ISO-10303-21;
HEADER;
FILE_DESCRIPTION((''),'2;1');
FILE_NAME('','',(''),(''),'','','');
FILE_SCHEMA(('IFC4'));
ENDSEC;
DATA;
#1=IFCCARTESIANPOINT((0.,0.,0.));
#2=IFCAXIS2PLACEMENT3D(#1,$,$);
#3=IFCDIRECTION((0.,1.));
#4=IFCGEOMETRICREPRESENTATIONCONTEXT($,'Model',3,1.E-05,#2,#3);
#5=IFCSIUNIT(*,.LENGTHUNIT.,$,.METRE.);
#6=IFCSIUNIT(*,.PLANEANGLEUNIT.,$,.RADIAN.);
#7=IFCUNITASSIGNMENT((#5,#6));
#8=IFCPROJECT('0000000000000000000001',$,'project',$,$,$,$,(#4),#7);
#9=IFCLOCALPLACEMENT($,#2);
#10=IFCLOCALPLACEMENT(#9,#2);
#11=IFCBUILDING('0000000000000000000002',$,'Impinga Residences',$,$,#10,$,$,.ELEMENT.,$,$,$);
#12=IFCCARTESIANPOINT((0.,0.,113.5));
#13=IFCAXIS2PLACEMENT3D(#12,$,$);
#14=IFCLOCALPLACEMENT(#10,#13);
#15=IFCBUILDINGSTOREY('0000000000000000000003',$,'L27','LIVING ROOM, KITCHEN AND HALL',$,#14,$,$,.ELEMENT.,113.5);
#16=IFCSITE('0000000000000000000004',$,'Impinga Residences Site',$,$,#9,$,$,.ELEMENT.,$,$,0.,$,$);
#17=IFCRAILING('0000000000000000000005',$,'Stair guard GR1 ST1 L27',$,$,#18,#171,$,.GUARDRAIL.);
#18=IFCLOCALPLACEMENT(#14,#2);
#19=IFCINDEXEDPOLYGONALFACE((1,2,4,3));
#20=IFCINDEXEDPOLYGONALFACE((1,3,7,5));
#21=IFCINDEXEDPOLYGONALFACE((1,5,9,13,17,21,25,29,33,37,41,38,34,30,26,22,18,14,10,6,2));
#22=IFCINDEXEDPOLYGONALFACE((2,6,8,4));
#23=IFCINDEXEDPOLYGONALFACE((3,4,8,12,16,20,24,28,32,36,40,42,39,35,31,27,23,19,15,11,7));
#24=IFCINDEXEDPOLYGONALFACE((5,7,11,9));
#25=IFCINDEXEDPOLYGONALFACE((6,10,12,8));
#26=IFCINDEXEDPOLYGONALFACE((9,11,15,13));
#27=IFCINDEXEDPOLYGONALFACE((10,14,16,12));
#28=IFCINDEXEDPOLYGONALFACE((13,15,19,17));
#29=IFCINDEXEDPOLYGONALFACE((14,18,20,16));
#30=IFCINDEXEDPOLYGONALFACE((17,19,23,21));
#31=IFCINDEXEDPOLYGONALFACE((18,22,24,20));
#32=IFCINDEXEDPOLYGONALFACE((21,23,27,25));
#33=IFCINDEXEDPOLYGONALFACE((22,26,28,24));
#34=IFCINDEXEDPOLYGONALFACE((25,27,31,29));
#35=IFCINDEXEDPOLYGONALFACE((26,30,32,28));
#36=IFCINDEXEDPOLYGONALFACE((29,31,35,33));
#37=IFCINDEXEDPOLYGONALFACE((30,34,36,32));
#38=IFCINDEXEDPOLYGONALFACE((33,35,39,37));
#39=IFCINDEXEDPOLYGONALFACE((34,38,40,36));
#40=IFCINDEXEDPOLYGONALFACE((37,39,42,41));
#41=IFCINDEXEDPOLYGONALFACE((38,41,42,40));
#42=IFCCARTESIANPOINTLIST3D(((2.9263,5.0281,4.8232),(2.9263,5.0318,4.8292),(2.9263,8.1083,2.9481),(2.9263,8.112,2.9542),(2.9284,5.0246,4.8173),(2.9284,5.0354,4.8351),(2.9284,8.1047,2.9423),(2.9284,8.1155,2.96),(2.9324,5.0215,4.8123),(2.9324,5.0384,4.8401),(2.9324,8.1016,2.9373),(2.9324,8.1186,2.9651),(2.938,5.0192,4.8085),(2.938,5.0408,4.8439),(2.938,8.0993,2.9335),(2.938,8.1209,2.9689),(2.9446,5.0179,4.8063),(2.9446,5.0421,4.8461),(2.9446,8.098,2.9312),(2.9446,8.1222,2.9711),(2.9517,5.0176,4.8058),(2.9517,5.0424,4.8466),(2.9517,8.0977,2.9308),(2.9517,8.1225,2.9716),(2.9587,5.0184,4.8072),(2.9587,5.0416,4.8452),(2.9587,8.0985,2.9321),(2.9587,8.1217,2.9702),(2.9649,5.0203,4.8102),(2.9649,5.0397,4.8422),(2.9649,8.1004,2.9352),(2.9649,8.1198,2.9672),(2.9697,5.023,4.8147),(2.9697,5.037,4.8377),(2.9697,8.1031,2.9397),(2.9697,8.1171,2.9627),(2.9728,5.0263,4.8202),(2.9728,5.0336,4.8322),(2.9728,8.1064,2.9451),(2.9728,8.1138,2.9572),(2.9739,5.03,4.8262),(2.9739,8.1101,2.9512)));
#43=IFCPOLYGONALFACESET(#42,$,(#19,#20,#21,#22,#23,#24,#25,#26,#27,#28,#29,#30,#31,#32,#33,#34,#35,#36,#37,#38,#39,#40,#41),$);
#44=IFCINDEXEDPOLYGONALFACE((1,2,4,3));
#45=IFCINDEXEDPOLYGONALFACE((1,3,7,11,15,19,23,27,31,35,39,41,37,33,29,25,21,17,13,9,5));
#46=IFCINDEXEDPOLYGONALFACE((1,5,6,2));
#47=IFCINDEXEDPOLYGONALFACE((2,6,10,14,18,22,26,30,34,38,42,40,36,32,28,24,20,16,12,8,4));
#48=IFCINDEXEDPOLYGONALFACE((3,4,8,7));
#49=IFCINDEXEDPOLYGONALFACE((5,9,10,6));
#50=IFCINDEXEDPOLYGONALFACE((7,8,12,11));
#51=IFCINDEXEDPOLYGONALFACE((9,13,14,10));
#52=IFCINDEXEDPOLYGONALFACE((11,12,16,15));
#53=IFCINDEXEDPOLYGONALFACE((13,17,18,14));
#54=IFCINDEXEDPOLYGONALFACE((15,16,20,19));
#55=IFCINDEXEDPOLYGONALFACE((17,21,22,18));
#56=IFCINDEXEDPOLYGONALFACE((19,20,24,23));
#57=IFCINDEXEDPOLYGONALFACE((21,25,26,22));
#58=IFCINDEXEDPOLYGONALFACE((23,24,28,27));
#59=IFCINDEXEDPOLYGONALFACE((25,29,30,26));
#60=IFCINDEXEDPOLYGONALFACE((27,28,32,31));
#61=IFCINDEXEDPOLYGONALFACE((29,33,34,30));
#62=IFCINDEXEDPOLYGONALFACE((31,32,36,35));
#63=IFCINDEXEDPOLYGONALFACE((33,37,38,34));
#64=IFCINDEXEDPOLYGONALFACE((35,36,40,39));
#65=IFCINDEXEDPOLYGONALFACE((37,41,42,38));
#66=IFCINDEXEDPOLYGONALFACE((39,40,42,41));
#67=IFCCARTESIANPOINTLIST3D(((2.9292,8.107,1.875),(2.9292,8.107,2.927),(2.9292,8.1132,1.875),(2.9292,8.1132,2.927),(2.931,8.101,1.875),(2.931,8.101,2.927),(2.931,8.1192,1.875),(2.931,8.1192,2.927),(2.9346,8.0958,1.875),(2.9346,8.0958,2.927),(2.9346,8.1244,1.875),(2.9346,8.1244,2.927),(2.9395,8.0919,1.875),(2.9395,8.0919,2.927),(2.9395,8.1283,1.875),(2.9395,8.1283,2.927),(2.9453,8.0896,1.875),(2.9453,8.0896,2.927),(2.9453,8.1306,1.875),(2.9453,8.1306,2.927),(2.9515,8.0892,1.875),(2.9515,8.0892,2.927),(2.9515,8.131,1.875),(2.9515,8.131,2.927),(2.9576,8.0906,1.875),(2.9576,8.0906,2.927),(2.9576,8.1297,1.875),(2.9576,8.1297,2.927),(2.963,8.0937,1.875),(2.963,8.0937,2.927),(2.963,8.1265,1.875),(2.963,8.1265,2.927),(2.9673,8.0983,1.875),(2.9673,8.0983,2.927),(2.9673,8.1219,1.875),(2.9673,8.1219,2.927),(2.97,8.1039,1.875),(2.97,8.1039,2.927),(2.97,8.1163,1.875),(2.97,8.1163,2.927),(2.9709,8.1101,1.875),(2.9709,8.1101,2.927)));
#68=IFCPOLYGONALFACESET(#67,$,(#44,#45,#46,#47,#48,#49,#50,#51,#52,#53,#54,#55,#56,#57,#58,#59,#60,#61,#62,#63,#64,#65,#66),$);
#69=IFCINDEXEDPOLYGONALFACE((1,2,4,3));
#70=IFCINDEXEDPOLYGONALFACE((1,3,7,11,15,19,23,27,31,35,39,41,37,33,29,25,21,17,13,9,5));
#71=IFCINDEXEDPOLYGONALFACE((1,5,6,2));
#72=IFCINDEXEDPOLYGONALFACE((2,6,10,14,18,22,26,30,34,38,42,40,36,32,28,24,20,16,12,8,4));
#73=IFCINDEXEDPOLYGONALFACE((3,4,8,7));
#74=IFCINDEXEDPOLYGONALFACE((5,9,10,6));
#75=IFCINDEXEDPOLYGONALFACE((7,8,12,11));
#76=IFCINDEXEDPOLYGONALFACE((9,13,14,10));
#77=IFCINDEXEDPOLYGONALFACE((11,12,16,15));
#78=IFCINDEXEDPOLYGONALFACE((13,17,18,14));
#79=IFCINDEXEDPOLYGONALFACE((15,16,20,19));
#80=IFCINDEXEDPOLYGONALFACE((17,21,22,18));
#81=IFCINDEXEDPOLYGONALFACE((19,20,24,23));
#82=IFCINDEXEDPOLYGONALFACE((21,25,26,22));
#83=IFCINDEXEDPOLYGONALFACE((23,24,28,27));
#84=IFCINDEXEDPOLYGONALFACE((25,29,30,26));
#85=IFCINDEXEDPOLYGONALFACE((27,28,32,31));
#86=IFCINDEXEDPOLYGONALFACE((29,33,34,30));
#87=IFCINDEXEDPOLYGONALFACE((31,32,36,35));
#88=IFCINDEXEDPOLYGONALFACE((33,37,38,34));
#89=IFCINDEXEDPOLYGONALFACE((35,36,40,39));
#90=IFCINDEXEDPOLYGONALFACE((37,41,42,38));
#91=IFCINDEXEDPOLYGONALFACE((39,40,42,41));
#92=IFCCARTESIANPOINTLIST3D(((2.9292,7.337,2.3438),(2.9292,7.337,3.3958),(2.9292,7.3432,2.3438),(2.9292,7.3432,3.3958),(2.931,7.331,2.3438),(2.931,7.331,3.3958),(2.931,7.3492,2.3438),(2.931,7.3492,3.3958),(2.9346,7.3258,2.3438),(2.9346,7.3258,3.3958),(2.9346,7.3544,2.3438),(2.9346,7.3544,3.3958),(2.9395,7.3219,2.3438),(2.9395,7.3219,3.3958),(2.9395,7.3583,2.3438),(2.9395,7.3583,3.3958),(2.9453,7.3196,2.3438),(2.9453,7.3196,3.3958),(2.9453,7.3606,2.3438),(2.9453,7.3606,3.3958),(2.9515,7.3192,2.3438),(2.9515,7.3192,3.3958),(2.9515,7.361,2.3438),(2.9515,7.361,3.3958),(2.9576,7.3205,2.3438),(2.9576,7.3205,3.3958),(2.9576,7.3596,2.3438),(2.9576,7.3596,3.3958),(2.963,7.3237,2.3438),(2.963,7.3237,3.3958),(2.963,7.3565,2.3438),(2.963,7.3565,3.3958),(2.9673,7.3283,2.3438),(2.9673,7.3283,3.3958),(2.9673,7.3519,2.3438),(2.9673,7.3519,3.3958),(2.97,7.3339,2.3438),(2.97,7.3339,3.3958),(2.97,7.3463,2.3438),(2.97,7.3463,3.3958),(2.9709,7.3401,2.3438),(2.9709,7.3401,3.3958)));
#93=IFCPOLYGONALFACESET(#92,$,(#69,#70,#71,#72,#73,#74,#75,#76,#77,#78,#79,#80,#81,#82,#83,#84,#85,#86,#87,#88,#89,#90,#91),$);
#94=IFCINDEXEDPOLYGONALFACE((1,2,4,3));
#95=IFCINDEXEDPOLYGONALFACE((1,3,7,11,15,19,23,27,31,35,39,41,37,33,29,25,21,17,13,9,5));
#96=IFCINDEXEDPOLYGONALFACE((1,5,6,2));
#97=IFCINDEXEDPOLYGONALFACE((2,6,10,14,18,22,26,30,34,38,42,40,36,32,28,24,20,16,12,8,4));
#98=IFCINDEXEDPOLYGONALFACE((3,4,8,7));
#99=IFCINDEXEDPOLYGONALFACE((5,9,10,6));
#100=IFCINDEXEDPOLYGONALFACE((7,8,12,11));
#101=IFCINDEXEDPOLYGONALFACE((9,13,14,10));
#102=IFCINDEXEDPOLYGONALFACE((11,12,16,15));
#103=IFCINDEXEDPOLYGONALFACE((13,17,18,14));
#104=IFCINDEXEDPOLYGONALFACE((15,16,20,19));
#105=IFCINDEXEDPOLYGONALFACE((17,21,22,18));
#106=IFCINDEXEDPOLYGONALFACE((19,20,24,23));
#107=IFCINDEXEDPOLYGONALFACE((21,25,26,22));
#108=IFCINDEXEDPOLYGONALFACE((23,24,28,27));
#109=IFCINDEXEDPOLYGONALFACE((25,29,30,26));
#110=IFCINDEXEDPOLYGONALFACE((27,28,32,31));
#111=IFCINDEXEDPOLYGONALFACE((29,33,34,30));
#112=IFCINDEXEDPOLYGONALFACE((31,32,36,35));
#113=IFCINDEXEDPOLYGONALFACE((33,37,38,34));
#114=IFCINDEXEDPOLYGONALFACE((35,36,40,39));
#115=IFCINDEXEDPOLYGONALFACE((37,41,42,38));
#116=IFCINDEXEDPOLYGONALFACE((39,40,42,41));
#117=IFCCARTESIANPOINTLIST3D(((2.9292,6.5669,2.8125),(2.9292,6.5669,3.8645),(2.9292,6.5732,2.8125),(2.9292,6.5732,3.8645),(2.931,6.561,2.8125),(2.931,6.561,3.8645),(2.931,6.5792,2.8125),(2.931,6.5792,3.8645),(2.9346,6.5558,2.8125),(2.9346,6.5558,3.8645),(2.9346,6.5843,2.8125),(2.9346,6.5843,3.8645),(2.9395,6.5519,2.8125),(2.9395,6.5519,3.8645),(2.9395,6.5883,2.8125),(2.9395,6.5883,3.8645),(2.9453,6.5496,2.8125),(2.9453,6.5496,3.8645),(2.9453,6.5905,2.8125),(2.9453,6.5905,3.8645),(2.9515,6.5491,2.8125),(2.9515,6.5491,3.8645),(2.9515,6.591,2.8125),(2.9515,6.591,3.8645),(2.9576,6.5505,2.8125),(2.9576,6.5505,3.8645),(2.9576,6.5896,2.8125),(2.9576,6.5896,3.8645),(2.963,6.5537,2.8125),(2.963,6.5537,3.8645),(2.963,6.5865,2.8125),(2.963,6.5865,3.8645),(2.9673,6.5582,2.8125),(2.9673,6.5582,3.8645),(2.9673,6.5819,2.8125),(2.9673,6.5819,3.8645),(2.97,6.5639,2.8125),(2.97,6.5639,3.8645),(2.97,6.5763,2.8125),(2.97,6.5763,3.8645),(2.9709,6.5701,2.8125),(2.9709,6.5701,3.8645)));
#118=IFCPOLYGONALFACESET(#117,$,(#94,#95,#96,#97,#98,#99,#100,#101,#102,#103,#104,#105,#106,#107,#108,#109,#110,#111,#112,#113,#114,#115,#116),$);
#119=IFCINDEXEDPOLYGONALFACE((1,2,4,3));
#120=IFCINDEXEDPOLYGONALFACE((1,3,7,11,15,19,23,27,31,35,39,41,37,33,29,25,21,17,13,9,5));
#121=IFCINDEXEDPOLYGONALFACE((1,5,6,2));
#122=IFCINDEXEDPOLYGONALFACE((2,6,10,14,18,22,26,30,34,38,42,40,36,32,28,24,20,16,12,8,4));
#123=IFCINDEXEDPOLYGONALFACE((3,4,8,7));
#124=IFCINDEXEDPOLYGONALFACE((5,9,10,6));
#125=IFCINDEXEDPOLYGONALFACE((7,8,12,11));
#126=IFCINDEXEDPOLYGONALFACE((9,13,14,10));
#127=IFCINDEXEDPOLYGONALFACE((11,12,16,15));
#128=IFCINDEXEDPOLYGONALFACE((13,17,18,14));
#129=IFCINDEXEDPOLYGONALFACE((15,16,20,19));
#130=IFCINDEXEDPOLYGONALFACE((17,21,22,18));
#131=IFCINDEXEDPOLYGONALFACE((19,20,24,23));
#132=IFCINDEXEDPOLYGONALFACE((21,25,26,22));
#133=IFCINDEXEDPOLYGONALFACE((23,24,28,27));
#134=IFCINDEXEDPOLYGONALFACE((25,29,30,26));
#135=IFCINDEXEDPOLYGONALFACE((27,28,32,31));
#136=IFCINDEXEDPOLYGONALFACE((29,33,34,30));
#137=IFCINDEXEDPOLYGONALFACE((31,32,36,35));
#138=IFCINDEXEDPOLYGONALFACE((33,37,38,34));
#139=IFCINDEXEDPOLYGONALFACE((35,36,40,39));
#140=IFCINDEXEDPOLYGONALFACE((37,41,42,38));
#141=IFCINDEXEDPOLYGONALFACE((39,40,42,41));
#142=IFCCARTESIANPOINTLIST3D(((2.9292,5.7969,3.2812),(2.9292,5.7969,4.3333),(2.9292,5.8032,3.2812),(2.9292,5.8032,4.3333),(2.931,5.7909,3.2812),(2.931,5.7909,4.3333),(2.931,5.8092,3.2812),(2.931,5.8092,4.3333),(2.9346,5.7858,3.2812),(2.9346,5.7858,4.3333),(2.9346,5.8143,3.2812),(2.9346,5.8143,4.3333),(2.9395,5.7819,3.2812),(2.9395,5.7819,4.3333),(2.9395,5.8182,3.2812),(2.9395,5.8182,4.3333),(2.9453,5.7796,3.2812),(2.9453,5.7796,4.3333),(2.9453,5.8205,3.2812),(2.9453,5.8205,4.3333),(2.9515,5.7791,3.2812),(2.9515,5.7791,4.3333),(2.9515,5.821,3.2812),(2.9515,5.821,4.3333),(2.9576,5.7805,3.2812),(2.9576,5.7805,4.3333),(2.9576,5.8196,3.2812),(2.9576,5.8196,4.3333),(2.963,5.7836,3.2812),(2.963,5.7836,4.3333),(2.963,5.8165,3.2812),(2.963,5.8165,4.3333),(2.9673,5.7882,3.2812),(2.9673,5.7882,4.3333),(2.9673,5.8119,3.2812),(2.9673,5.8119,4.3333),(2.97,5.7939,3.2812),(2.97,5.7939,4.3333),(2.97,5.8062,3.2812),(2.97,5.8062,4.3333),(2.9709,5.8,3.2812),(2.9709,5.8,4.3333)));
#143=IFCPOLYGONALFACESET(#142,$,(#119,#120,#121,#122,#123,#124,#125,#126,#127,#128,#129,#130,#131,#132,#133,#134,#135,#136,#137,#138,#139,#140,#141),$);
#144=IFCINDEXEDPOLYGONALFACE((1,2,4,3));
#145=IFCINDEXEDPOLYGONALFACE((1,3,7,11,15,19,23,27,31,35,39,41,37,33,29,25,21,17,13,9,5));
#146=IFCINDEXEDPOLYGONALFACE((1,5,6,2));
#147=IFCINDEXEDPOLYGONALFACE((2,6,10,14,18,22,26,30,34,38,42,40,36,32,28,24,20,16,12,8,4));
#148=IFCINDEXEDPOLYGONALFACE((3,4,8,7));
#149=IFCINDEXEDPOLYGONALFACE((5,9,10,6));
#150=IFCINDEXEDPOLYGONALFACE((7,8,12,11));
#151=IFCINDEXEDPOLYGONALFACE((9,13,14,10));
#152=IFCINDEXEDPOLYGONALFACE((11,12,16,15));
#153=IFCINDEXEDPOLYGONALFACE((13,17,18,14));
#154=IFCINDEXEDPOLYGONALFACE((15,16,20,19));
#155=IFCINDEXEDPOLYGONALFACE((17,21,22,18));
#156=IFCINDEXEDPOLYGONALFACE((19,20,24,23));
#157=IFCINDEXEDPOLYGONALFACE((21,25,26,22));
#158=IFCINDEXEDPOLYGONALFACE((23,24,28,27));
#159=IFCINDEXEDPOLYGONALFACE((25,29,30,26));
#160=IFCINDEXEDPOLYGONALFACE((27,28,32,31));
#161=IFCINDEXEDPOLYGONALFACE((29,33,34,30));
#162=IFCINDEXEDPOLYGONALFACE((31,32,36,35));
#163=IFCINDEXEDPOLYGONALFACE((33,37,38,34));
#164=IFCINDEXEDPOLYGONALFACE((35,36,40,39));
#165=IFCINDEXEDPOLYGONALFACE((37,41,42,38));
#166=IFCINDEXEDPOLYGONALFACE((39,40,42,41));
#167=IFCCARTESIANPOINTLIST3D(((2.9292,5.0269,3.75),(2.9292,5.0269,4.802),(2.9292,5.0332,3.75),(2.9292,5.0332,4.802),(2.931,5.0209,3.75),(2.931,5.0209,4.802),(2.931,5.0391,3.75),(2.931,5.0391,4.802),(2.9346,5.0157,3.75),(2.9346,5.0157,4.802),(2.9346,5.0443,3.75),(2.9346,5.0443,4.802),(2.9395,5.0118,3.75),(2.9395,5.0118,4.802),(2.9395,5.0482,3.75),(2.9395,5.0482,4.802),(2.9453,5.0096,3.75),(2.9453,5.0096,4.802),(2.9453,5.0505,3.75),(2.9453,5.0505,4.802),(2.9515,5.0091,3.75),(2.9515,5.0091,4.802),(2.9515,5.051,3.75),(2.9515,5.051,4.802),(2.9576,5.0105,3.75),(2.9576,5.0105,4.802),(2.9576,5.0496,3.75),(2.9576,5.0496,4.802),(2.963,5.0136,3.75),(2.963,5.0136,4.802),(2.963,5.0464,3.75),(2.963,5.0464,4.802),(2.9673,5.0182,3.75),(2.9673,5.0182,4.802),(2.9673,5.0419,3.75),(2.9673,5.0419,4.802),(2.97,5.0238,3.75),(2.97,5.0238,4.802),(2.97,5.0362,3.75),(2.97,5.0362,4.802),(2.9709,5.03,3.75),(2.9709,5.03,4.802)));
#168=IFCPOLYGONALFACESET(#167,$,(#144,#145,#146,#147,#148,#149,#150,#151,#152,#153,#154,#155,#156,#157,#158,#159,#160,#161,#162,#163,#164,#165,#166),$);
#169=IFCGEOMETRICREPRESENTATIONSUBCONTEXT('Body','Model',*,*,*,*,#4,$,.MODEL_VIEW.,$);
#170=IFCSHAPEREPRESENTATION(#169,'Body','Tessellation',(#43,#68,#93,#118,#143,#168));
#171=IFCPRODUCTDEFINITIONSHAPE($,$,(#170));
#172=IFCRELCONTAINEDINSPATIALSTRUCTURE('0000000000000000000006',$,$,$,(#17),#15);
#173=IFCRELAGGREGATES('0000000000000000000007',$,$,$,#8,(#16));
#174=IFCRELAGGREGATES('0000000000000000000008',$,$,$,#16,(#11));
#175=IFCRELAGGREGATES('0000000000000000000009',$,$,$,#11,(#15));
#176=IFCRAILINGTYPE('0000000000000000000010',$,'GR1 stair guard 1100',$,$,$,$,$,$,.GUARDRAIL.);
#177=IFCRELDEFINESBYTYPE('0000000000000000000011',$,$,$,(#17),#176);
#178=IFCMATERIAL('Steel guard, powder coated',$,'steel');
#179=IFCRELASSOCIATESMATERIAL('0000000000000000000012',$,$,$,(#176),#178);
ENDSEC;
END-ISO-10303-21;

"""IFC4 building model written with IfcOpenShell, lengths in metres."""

from ifc_helpers import new_model, si_unit, direction, frame, origin, origin_2d, place, context, subcontext, project, spatial, circle, extrude, material, type_object, element, save


model = new_model("IFC4")

# Units and contexts
model_context = context("Model", 3, precision=1e-05, world=origin(), true_north=direction((0.0, 1.0)))
body_context = subcontext(model_context, "Body", "Model", "MODEL_VIEW")
ifc_project = project(units=[si_unit("LENGTHUNIT", "METRE"), si_unit("PLANEANGLEUNIT", "RADIAN")], contexts=[model_context])

# Site, building, storey
site_placement = place(None, origin())
site = spatial("IfcSite", under=ifc_project, at=site_placement, Name="Impinga Residences Site", CompositionType="ELEMENT", RefElevation=0.0)
building_placement = place(site_placement, origin())
building = spatial("IfcBuilding", under=site, at=building_placement, Name="Impinga Residences", CompositionType="ELEMENT")
storey_placement = place(building_placement, frame((0.0, 0.0, 113.5)))
storey = spatial("IfcBuildingStorey", under=building, at=storey_placement, Name="L27", Description="LIVING ROOM, KITCHEN AND HALL", CompositionType="ELEMENT", Elevation=113.5)

# Railing
ifc_material_1 = material(Name="Steel guard, powder coated", Category="steel")
railing_type_1 = type_object("IfcRailingType", Name="GR1 stair guard 1100", PredefinedType="GUARDRAIL", material=ifc_material_1)
railing_1_placement = place(storey_placement, frame((2.95, 8.1101, 1.875)))
element("IfcRailing", 1, at=railing_1_placement, inside=storey, type_object=railing_type_1, Name="Stair guard GR1 ST1 L27", PredefinedType="GUARDRAIL", context=body_context, shape_type="SweptSolid", body=[
    extrude(circle(Radius=0.0239, at=origin_2d()), frame((0.0, 0.0, 1.0762), z_axis=(0.0, -0.854178, 0.519981), x_axis=(1.0, 0.0, 0.0)), (0.0, 0.0, 1.0), 3.606),
    extrude(circle(Radius=0.021, at=origin_2d()), origin(), (0.0, 0.0, 1.0), 1.052),
    extrude(circle(Radius=0.021, at=origin_2d()), frame((0.0, -0.77, 0.4688)), (0.0, 0.0, 1.0), 1.052),
    extrude(circle(Radius=0.021, at=origin_2d()), frame((0.0, -1.54, 0.9375)), (0.0, 0.0, 1.0), 1.052),
    extrude(circle(Radius=0.021, at=origin_2d()), frame((0.0, -2.3101, 1.4062)), (0.0, 0.0, 1.0), 1.052),
    extrude(circle(Radius=0.021, at=origin_2d()), frame((0.0, -3.0801, 1.875)), (0.0, 0.0, 1.0), 1.052),
])

save(model, "model.ifc")
